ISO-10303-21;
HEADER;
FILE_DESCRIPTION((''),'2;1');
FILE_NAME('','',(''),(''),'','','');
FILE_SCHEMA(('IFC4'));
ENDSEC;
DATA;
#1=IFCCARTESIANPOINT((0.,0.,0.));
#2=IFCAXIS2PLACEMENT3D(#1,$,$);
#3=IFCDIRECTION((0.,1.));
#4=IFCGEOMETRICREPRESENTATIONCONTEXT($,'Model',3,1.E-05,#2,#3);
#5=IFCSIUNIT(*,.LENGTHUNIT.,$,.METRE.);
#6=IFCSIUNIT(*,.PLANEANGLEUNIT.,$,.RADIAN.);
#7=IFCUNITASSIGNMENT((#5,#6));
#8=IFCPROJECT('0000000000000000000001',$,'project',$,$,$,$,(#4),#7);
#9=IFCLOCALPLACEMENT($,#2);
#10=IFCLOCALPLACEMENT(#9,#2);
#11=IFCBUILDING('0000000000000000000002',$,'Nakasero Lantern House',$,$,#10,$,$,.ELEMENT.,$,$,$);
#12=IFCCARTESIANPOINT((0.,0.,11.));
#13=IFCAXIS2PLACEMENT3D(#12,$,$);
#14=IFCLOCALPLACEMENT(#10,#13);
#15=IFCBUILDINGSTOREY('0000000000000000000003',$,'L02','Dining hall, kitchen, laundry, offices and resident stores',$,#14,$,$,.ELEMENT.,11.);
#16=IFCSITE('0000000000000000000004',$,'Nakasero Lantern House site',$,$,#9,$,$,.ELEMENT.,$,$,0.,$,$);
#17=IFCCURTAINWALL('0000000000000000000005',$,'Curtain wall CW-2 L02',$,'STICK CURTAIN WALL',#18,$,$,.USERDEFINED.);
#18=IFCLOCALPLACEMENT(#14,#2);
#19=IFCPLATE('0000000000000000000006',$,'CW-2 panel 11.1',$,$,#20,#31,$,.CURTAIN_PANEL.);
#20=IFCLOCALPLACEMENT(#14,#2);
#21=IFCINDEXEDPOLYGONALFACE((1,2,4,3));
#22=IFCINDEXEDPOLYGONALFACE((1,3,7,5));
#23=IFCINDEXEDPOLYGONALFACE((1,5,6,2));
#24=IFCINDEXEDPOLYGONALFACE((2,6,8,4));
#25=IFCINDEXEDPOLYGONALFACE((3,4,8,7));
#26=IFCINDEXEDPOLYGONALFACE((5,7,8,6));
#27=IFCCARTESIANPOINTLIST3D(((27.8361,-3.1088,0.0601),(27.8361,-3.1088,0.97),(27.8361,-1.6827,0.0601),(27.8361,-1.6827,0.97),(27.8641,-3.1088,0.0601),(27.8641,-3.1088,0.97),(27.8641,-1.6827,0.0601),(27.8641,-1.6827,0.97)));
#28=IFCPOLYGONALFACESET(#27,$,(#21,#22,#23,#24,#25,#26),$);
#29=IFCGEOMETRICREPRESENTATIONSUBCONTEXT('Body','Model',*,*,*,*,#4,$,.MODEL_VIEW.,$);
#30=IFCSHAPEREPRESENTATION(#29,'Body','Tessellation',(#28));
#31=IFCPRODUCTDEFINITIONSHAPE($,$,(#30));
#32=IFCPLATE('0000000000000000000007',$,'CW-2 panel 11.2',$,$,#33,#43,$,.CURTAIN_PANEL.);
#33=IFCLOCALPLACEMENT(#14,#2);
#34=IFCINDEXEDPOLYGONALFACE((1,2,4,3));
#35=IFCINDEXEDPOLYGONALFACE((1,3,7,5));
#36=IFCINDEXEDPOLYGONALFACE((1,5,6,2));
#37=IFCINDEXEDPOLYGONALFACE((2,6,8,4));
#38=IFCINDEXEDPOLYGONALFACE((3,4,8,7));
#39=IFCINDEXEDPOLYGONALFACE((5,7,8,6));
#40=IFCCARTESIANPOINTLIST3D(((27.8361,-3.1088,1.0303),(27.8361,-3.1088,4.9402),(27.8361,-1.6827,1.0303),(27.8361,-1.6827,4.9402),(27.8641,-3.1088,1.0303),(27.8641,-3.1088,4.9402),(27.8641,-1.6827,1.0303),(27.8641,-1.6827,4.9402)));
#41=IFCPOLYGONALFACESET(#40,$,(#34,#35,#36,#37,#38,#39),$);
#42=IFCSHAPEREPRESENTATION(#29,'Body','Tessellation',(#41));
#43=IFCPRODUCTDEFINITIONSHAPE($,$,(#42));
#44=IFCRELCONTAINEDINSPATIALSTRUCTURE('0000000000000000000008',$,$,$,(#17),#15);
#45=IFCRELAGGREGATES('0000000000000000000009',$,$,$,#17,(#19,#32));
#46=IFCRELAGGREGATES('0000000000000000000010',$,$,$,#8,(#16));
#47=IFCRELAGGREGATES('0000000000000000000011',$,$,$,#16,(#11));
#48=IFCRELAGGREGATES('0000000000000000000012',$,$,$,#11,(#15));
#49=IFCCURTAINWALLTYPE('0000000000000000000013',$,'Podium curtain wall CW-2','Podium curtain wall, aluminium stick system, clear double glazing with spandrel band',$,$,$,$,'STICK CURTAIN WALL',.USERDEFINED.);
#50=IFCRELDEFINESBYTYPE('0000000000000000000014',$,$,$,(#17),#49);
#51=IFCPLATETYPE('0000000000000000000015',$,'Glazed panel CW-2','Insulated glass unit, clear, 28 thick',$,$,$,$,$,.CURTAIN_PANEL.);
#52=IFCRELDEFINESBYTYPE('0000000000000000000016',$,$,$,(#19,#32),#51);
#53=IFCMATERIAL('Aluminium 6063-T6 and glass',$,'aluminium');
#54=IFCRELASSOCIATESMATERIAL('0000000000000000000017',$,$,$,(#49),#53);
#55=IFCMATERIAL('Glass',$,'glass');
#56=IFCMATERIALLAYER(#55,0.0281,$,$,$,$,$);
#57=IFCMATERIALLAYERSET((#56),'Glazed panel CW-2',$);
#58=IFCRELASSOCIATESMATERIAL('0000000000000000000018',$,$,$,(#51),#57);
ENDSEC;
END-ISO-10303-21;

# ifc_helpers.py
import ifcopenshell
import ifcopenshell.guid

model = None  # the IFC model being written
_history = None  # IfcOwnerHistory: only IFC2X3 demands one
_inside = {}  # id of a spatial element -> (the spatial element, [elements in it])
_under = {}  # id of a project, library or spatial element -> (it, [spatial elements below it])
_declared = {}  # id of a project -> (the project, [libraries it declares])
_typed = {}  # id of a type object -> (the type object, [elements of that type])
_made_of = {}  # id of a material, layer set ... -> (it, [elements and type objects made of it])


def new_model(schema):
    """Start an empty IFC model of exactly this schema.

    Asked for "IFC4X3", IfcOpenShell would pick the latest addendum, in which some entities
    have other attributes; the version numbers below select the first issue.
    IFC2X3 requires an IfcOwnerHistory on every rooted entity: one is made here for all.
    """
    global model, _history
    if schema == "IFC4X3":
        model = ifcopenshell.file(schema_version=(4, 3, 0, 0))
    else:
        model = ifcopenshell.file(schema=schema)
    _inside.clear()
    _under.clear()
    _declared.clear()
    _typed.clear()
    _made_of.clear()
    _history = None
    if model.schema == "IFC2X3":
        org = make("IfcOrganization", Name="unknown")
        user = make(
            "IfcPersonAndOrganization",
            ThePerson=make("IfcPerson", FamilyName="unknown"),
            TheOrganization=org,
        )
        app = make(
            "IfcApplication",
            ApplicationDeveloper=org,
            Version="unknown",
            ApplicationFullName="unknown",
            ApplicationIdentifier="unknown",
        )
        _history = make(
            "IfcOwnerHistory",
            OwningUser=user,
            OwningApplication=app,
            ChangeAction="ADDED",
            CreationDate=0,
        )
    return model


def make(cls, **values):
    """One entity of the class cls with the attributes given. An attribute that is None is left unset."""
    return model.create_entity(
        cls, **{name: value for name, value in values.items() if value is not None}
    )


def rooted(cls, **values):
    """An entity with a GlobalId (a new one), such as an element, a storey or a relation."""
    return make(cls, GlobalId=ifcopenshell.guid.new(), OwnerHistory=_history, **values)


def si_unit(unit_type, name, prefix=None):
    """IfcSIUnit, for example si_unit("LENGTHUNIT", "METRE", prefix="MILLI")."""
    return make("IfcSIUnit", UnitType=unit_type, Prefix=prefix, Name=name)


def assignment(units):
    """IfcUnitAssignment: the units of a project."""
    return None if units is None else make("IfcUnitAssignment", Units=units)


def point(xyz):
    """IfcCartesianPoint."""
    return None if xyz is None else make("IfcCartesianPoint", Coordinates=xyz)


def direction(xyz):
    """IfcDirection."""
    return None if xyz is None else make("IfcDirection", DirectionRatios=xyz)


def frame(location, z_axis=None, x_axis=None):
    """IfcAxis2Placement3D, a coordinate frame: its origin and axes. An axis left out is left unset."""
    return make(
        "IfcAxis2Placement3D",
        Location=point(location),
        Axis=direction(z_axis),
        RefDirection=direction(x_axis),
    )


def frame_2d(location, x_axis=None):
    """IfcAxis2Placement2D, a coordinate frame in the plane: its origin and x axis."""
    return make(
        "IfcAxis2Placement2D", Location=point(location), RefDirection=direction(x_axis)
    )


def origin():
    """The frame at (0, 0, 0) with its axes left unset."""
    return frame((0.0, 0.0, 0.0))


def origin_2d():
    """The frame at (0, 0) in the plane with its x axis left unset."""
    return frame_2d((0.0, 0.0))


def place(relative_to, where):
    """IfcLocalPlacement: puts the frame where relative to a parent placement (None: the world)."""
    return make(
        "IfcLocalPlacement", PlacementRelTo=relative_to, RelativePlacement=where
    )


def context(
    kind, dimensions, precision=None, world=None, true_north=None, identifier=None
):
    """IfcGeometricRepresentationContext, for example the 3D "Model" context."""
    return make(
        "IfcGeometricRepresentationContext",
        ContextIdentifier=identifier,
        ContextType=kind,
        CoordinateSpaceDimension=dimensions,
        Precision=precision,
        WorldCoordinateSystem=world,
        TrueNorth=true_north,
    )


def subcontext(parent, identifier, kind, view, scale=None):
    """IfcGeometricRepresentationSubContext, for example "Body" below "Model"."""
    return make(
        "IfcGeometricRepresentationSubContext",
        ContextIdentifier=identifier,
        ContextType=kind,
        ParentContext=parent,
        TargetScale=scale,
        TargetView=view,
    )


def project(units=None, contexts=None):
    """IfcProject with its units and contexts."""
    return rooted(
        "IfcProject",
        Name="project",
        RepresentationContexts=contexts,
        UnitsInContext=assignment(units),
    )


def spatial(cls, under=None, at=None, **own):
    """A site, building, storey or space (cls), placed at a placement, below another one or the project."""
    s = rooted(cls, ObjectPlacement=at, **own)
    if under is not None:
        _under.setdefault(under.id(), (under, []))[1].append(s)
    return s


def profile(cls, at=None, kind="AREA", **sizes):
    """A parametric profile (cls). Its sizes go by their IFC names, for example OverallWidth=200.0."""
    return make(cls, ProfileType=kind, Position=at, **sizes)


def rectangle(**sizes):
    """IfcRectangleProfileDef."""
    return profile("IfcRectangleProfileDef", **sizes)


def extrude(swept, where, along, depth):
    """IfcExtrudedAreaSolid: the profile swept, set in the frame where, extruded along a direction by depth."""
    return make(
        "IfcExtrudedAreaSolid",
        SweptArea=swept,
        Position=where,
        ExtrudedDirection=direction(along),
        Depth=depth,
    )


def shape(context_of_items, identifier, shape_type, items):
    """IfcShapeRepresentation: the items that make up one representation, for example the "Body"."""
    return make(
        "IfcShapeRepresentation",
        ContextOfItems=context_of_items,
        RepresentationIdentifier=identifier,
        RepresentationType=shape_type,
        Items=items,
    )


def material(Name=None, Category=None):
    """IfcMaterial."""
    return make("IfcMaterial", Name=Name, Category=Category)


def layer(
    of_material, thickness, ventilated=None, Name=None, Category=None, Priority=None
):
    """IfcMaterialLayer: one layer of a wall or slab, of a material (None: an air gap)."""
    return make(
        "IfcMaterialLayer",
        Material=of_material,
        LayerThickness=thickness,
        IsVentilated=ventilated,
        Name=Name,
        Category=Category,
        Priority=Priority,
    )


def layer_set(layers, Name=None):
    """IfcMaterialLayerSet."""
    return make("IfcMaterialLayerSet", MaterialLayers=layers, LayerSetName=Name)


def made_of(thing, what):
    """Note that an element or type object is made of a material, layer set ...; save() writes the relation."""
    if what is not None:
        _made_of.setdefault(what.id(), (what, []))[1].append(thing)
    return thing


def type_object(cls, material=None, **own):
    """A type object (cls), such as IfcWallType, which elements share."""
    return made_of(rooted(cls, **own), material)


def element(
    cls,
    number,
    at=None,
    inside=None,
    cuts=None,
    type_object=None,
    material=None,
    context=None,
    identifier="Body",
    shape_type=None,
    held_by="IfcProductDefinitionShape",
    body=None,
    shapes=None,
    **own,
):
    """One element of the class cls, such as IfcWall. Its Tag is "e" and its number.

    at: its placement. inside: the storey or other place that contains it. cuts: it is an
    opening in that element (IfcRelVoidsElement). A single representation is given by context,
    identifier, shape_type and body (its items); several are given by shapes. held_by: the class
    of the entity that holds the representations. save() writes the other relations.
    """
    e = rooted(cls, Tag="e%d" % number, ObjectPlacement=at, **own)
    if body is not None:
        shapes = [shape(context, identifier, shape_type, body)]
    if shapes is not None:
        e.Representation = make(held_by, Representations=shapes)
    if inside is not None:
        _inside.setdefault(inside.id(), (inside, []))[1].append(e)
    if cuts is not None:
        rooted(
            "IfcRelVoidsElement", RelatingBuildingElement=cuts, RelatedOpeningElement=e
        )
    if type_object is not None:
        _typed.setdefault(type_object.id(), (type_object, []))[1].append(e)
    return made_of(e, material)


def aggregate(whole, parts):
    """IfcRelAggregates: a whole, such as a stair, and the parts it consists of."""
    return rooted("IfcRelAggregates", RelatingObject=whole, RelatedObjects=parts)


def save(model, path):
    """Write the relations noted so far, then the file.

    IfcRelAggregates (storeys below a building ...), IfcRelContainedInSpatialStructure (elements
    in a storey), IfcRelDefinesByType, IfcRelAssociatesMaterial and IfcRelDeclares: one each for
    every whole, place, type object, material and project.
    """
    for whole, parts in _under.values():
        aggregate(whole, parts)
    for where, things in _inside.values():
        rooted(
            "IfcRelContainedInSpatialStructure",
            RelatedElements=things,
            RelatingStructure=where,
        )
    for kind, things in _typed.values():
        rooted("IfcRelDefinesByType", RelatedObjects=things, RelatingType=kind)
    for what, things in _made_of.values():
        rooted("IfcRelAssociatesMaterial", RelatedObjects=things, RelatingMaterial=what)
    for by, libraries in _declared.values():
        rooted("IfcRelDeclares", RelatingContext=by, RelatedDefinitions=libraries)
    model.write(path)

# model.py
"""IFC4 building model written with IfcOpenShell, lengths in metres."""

from ifc_helpers import new_model, si_unit, direction, frame, origin, origin_2d, place, context, subcontext, project, spatial, rectangle, extrude, material, layer, layer_set, type_object, element, aggregate, save


model = new_model("IFC4")

# Units and contexts
model_context = context("Model", 3, precision=1e-05, world=origin(), true_north=direction((0.0, 1.0)))
body_context = subcontext(model_context, "Body", "Model", "MODEL_VIEW")
ifc_project = project(units=[si_unit("LENGTHUNIT", "METRE"), si_unit("PLANEANGLEUNIT", "RADIAN")], contexts=[model_context])

# Site, building, storey
site_placement = place(None, origin())
site = spatial("IfcSite", under=ifc_project, at=site_placement, Name="Nakasero Lantern House site", CompositionType="ELEMENT", RefElevation=0.0)
building_placement = place(site_placement, origin())
building = spatial("IfcBuilding", under=site, at=building_placement, Name="Nakasero Lantern House", CompositionType="ELEMENT")
storey_placement = place(building_placement, frame((0.0, 0.0, 11.0)))
storey = spatial("IfcBuildingStorey", under=building, at=storey_placement, Name="L02", Description="Dining hall, kitchen, laundry, offices and resident stores", CompositionType="ELEMENT", Elevation=11.0)

# Curtain wall
ifc_material_1 = material(Name="Aluminium 6063-T6 and glass", Category="aluminium")
curtain_wall_type = type_object("IfcCurtainWallType", Name="Podium curtain wall CW-2", Description="Podium curtain wall, aluminium stick system, clear double glazing with spandrel band", ElementType="STICK CURTAIN WALL", PredefinedType="USERDEFINED", material=ifc_material_1)
curtain_wall_placement = place(storey_placement, origin())
curtain_wall = element("IfcCurtainWall", 1, at=curtain_wall_placement, inside=storey, type_object=curtain_wall_type, Name="Curtain wall CW-2 L02", ObjectType="STICK CURTAIN WALL", PredefinedType="USERDEFINED")

# Plates
ifc_material_2 = material(Name="Glass", Category="glass")
ifc_layer = layer(ifc_material_2, 0.0281)
ifc_layer_set = layer_set([ifc_layer], Name="Glazed panel CW-2")
plate_type = type_object("IfcPlateType", Name="Glazed panel CW-2", Description="Insulated glass unit, clear, 28 thick", PredefinedType="CURTAIN_PANEL", material=ifc_layer_set)
plate_1_placement = place(storey_placement, frame((27.8501, -2.3958, 0.0601), z_axis=(0.0, 0.0, 1.0), x_axis=(0.0, 1.0, 0.0)))
plate_1 = element("IfcPlate", 2, at=plate_1_placement, type_object=plate_type, Name="CW-2 panel 11.1", PredefinedType="CURTAIN_PANEL", context=body_context, shape_type="SweptSolid", body=[
    extrude(rectangle(XDim=1.426, YDim=0.0281, at=origin_2d()), origin(), (0.0, 0.0, 1.0), 0.9099),
])
plate_2_placement = place(storey_placement, frame((27.8501, -2.3958, 1.0303), z_axis=(0.0, 0.0, 1.0), x_axis=(0.0, 1.0, 0.0)))
plate_2 = element("IfcPlate", 3, at=plate_2_placement, type_object=plate_type, Name="CW-2 panel 11.2", PredefinedType="CURTAIN_PANEL", context=body_context, shape_type="SweptSolid", body=[
    extrude(rectangle(XDim=1.426, YDim=0.0281, at=origin_2d()), origin(), (0.0, 0.0, 1.0), 3.9099),
])
aggregate(curtain_wall, [plate_1, plate_2])

save(model, "model.ifc")
